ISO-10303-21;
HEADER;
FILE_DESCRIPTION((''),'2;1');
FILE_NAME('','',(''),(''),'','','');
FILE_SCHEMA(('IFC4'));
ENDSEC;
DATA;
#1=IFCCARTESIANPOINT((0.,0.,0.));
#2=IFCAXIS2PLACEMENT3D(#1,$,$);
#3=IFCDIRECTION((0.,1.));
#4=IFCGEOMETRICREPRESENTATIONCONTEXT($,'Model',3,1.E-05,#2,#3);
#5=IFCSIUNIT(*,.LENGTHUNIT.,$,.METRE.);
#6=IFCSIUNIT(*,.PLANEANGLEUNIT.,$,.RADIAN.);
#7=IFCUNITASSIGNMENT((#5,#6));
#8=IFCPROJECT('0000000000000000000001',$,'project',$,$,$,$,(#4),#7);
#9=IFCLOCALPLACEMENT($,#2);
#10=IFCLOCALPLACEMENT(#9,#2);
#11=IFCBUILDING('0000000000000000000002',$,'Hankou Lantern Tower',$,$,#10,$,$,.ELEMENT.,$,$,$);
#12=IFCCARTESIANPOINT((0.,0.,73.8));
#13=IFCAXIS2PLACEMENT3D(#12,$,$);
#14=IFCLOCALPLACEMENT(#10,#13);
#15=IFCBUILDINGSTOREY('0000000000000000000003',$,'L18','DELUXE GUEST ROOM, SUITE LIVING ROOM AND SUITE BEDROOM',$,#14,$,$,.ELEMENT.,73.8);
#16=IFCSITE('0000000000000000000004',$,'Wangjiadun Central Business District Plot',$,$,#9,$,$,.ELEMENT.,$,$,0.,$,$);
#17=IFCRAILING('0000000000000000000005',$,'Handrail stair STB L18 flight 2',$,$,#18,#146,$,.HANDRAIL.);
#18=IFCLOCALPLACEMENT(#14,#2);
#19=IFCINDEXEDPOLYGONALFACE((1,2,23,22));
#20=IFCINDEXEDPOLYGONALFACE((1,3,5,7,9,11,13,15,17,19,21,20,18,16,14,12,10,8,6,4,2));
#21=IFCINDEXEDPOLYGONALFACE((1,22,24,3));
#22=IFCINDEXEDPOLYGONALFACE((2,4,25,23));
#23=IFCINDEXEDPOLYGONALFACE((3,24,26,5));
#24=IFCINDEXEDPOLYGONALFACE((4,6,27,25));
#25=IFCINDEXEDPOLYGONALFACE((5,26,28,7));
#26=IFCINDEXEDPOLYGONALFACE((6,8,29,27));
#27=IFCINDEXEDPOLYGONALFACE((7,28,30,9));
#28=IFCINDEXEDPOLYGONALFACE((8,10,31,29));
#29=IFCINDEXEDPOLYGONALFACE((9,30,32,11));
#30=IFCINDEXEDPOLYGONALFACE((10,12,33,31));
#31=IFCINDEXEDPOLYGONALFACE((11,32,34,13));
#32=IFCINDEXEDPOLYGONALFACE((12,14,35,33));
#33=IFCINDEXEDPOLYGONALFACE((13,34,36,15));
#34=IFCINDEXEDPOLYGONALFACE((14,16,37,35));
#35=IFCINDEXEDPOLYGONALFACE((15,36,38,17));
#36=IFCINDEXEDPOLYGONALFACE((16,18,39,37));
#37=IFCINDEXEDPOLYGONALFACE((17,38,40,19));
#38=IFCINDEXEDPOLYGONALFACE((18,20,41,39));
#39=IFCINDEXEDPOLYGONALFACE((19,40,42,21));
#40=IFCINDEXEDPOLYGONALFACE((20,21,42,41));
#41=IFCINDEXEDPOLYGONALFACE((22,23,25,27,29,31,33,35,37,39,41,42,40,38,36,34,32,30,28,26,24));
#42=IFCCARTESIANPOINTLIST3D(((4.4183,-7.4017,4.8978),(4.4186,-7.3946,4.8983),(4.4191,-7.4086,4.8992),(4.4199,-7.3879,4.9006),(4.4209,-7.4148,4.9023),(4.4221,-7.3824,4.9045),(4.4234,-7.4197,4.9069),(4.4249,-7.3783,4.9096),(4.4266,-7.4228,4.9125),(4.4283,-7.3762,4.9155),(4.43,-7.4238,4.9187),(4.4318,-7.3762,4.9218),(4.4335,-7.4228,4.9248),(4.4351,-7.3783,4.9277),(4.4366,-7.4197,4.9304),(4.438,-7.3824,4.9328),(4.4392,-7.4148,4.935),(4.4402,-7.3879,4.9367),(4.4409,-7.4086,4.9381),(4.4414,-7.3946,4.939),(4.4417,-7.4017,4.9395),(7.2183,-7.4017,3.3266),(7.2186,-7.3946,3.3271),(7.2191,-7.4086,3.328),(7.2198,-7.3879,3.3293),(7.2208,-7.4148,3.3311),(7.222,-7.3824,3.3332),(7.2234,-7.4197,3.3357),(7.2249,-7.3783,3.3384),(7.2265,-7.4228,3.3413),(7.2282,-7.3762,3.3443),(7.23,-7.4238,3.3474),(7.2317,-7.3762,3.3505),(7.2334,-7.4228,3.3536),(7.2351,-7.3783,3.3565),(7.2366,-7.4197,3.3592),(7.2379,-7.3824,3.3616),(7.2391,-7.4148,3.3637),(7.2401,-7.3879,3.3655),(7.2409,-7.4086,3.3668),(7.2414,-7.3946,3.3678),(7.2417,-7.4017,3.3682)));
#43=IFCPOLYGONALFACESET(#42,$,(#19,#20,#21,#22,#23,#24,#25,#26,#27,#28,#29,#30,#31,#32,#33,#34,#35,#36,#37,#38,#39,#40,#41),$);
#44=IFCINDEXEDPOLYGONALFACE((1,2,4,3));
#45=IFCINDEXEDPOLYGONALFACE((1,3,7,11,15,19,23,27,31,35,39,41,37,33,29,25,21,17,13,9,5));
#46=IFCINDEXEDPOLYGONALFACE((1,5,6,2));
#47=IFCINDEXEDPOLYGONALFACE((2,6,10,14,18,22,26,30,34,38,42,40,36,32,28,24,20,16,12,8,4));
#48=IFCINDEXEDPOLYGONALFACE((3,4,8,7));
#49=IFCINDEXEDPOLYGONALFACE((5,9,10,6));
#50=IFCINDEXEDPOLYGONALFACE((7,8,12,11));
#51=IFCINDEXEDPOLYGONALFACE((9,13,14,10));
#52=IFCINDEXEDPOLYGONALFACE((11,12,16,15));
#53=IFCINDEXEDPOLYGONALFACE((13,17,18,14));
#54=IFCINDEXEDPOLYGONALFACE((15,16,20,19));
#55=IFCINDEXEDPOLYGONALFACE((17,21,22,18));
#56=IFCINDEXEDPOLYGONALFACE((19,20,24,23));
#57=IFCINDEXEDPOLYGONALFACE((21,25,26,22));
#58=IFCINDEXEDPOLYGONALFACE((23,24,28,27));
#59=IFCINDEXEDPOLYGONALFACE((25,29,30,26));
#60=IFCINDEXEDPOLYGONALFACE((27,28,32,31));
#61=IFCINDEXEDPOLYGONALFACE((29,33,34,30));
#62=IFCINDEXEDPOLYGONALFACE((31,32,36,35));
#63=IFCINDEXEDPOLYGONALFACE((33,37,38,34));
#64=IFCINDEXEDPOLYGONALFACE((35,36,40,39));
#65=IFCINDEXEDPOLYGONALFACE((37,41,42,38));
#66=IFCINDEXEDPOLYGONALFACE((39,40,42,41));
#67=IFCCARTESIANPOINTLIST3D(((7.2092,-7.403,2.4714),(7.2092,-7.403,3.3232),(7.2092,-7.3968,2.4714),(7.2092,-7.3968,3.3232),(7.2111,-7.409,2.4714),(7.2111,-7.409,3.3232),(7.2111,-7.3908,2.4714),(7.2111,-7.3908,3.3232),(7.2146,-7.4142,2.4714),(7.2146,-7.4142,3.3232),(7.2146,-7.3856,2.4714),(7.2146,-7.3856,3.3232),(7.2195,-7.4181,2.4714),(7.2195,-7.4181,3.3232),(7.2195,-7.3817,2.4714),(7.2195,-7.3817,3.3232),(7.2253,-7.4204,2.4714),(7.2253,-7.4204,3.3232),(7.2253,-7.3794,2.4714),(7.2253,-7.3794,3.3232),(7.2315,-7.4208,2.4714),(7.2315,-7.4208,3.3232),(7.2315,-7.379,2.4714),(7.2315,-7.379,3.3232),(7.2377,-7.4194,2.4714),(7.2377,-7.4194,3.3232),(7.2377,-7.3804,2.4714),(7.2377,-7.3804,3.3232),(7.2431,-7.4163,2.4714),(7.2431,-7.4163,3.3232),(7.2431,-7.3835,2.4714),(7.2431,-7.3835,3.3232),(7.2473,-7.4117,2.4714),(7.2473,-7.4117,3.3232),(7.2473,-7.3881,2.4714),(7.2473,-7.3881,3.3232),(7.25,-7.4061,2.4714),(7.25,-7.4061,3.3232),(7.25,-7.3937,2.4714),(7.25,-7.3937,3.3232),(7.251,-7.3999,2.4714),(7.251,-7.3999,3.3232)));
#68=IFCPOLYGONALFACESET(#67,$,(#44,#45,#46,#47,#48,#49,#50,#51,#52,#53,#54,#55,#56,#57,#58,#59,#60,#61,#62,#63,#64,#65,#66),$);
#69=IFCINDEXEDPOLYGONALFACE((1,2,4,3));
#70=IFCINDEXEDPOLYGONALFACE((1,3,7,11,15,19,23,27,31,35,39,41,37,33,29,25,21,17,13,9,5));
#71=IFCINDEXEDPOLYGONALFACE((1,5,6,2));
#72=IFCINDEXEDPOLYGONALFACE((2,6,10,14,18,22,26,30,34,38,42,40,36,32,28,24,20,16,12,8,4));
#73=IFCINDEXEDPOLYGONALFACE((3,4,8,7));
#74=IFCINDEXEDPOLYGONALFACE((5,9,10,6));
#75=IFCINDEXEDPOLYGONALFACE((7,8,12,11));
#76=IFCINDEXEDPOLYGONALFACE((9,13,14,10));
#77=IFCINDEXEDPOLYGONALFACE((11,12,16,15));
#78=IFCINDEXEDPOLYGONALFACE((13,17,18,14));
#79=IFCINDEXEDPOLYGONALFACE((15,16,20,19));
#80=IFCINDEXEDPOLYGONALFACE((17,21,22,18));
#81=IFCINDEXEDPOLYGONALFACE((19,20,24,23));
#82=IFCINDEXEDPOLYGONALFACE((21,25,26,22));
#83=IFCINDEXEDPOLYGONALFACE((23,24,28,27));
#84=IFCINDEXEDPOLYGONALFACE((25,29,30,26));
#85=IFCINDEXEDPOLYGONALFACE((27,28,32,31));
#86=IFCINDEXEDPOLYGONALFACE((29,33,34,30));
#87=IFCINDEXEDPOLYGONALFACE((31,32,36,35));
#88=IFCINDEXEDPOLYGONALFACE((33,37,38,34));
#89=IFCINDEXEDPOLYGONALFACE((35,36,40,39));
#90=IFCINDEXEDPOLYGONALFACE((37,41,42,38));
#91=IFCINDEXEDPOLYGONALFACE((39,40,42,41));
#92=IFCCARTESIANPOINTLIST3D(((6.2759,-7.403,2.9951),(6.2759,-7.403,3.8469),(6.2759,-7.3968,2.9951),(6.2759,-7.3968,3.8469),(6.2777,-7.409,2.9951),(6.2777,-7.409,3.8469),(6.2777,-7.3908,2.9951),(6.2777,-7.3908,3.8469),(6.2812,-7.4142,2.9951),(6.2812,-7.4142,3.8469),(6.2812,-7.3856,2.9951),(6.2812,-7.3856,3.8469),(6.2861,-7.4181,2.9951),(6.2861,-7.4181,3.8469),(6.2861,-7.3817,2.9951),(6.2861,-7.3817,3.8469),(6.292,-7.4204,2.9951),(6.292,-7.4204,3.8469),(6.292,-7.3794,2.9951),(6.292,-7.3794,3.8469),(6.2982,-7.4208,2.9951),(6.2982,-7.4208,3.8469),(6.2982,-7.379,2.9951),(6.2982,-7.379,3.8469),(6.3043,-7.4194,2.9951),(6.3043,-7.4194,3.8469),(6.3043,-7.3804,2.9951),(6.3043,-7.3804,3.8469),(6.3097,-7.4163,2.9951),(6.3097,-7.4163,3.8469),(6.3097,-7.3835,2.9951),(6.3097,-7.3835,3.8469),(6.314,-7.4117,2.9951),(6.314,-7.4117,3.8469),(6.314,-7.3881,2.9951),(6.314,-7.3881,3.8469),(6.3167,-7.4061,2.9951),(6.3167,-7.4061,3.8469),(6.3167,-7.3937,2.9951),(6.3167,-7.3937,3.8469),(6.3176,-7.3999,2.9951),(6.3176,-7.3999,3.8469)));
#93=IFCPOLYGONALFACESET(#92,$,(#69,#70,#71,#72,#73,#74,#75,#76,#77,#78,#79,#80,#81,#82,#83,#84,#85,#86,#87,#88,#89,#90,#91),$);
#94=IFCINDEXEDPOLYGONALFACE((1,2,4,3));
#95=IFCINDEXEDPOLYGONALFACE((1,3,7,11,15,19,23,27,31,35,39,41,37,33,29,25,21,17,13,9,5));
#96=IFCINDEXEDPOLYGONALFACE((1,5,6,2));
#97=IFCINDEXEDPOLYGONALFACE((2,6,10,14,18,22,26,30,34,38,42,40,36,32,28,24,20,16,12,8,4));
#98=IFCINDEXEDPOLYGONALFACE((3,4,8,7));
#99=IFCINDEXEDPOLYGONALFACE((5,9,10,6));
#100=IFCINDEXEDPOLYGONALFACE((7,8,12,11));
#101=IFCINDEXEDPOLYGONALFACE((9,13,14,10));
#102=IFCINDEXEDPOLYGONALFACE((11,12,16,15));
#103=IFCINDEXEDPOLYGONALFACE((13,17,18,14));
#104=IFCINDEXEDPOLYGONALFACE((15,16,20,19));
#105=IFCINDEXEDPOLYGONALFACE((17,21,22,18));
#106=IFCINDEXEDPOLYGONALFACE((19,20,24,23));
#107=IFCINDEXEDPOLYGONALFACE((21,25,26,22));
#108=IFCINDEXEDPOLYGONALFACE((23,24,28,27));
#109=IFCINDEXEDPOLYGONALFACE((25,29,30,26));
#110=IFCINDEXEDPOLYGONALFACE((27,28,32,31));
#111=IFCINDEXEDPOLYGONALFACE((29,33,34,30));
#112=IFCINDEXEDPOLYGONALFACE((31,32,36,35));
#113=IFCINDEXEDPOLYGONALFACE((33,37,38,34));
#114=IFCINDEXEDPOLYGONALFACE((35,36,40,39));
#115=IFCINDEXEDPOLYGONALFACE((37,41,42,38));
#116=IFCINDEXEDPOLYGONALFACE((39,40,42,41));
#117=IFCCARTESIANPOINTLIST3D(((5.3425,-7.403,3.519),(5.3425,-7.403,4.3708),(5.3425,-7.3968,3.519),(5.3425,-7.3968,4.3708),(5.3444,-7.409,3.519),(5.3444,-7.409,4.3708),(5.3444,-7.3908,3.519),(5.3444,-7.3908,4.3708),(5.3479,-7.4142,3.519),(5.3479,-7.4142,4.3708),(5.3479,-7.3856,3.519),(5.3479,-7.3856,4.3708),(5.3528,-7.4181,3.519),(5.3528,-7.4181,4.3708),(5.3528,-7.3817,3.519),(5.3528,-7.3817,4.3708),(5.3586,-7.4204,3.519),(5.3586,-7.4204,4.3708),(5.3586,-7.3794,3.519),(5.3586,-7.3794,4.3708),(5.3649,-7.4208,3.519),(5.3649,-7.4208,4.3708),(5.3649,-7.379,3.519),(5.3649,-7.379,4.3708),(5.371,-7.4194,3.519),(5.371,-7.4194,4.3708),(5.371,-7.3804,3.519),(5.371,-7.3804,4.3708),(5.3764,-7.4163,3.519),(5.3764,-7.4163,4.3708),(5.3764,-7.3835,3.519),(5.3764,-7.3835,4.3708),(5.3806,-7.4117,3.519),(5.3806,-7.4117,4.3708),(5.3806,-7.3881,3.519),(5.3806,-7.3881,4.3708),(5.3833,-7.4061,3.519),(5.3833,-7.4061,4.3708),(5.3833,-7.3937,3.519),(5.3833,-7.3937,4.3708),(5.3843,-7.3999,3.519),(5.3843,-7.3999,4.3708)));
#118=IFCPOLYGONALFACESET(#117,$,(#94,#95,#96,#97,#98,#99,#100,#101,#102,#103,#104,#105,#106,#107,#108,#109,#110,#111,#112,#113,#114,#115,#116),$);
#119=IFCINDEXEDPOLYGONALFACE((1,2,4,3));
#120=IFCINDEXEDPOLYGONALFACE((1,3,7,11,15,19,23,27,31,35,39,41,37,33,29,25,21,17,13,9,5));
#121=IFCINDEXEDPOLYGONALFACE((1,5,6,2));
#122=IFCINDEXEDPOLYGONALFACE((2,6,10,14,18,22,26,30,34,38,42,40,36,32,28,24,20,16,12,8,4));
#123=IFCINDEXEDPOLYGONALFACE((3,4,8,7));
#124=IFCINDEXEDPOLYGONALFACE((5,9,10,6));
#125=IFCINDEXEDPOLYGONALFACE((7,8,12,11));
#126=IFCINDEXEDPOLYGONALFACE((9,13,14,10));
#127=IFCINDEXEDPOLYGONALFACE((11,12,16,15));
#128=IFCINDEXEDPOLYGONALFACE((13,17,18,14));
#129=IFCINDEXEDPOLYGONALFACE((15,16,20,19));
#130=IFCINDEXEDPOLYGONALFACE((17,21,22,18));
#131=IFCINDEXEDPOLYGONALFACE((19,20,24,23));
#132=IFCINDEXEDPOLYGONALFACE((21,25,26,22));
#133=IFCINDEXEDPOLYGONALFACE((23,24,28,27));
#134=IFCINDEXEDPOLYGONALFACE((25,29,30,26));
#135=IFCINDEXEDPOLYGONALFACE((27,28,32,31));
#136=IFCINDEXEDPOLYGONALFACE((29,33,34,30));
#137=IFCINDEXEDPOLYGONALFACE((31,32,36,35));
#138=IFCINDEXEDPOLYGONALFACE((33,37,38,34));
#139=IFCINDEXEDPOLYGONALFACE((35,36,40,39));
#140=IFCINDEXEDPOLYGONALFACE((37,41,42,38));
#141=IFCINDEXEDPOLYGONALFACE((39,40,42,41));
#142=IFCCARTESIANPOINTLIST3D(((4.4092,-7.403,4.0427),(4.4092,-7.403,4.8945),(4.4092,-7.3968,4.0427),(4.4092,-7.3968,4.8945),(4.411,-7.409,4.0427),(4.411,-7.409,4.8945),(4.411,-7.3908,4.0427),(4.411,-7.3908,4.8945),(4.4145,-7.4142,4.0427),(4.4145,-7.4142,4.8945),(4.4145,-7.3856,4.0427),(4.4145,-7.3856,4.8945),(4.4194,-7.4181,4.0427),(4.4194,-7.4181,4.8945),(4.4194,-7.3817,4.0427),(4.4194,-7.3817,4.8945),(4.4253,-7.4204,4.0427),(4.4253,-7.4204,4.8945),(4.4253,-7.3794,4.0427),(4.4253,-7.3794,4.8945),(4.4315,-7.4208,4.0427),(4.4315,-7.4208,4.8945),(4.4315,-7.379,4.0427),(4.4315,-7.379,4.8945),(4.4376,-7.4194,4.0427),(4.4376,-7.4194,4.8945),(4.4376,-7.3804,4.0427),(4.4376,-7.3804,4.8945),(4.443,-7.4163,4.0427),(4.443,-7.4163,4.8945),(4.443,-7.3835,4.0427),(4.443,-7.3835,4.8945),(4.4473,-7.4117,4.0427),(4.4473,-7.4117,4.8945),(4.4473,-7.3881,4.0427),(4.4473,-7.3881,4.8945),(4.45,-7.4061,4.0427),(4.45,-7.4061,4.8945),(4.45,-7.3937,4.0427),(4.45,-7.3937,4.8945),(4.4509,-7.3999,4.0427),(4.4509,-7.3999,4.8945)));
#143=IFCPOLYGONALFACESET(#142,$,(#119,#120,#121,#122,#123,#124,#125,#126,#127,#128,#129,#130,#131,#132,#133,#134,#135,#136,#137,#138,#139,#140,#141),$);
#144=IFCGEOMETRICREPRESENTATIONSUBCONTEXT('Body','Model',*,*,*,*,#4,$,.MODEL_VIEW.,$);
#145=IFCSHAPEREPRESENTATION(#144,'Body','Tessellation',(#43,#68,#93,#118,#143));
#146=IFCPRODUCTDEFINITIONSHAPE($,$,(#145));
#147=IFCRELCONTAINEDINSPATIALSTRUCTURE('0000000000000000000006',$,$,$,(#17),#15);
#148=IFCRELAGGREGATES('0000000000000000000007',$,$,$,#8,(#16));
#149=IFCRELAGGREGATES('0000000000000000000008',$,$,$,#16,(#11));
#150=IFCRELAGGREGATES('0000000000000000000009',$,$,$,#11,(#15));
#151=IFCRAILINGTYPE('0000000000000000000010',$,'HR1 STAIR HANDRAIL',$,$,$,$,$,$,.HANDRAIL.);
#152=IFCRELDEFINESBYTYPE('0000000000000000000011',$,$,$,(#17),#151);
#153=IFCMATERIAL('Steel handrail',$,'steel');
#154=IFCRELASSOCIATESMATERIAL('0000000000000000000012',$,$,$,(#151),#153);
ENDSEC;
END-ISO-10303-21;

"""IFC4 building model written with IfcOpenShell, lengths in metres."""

from ifc_helpers import new_model, si_unit, direction, frame, origin, origin_2d, place, context, subcontext, project, spatial, circle, extrude, material, type_object, element, save


model = new_model("IFC4")

# Units and contexts
model_context = context("Model", 3, precision=1e-05, world=origin(), true_north=direction((0.0, 1.0)))
body_context = subcontext(model_context, "Body", "Model", "MODEL_VIEW")
ifc_project = project(units=[si_unit("LENGTHUNIT", "METRE"), si_unit("PLANEANGLEUNIT", "RADIAN")], contexts=[model_context])

# Site, building, storey
site_placement = place(None, origin())
site = spatial("IfcSite", under=ifc_project, at=site_placement, Name="Wangjiadun Central Business District Plot", CompositionType="ELEMENT", RefElevation=0.0)
building_placement = place(site_placement, origin())
building = spatial("IfcBuilding", under=site, at=building_placement, Name="Hankou Lantern Tower", CompositionType="ELEMENT")
storey_placement = place(building_placement, frame((0.0, 0.0, 73.8)))
storey = spatial("IfcBuildingStorey", under=building, at=storey_placement, Name="L18", Description="DELUXE GUEST ROOM, SUITE LIVING ROOM AND SUITE BEDROOM", CompositionType="ELEMENT", Elevation=73.8)

# Railing
ifc_material_1 = material(Name="Steel handrail", Category="steel")
railing_type = type_object("IfcRailingType", Name="HR1 STAIR HANDRAIL", PredefinedType="HANDRAIL", material=ifc_material_1)
railing_placement = place(storey_placement, frame((7.23, -7.3999, 2.4714)))
element("IfcRailing", 1, at=railing_placement, inside=storey, type_object=railing_type, Name="Handrail stair STB L18 flight 2", PredefinedType="HANDRAIL", context=body_context, shape_type="SweptSolid", body=[
    extrude(circle(Radius=0.0239, at=origin_2d()), frame((0.0, 0.0, 0.876), z_axis=(-0.872073, 0.0, 0.489377), x_axis=(0.0, -1.0, 0.0)), (0.0, 0.0, 1.0), 3.2107),
    extrude(circle(Radius=0.021, at=origin_2d()), origin(), (0.0, 0.0, 1.0), 0.8518),
    extrude(circle(Radius=0.021, at=origin_2d()), frame((-0.9333, 0.0, 0.5237)), (0.0, 0.0, 1.0), 0.8518),
    extrude(circle(Radius=0.021, at=origin_2d()), frame((-1.8667, 0.0, 1.0476)), (0.0, 0.0, 1.0), 0.8518),
    extrude(circle(Radius=0.021, at=origin_2d()), frame((-2.8, 0.0, 1.5713)), (0.0, 0.0, 1.0), 0.8518),
])

save(model, "model.ifc")
